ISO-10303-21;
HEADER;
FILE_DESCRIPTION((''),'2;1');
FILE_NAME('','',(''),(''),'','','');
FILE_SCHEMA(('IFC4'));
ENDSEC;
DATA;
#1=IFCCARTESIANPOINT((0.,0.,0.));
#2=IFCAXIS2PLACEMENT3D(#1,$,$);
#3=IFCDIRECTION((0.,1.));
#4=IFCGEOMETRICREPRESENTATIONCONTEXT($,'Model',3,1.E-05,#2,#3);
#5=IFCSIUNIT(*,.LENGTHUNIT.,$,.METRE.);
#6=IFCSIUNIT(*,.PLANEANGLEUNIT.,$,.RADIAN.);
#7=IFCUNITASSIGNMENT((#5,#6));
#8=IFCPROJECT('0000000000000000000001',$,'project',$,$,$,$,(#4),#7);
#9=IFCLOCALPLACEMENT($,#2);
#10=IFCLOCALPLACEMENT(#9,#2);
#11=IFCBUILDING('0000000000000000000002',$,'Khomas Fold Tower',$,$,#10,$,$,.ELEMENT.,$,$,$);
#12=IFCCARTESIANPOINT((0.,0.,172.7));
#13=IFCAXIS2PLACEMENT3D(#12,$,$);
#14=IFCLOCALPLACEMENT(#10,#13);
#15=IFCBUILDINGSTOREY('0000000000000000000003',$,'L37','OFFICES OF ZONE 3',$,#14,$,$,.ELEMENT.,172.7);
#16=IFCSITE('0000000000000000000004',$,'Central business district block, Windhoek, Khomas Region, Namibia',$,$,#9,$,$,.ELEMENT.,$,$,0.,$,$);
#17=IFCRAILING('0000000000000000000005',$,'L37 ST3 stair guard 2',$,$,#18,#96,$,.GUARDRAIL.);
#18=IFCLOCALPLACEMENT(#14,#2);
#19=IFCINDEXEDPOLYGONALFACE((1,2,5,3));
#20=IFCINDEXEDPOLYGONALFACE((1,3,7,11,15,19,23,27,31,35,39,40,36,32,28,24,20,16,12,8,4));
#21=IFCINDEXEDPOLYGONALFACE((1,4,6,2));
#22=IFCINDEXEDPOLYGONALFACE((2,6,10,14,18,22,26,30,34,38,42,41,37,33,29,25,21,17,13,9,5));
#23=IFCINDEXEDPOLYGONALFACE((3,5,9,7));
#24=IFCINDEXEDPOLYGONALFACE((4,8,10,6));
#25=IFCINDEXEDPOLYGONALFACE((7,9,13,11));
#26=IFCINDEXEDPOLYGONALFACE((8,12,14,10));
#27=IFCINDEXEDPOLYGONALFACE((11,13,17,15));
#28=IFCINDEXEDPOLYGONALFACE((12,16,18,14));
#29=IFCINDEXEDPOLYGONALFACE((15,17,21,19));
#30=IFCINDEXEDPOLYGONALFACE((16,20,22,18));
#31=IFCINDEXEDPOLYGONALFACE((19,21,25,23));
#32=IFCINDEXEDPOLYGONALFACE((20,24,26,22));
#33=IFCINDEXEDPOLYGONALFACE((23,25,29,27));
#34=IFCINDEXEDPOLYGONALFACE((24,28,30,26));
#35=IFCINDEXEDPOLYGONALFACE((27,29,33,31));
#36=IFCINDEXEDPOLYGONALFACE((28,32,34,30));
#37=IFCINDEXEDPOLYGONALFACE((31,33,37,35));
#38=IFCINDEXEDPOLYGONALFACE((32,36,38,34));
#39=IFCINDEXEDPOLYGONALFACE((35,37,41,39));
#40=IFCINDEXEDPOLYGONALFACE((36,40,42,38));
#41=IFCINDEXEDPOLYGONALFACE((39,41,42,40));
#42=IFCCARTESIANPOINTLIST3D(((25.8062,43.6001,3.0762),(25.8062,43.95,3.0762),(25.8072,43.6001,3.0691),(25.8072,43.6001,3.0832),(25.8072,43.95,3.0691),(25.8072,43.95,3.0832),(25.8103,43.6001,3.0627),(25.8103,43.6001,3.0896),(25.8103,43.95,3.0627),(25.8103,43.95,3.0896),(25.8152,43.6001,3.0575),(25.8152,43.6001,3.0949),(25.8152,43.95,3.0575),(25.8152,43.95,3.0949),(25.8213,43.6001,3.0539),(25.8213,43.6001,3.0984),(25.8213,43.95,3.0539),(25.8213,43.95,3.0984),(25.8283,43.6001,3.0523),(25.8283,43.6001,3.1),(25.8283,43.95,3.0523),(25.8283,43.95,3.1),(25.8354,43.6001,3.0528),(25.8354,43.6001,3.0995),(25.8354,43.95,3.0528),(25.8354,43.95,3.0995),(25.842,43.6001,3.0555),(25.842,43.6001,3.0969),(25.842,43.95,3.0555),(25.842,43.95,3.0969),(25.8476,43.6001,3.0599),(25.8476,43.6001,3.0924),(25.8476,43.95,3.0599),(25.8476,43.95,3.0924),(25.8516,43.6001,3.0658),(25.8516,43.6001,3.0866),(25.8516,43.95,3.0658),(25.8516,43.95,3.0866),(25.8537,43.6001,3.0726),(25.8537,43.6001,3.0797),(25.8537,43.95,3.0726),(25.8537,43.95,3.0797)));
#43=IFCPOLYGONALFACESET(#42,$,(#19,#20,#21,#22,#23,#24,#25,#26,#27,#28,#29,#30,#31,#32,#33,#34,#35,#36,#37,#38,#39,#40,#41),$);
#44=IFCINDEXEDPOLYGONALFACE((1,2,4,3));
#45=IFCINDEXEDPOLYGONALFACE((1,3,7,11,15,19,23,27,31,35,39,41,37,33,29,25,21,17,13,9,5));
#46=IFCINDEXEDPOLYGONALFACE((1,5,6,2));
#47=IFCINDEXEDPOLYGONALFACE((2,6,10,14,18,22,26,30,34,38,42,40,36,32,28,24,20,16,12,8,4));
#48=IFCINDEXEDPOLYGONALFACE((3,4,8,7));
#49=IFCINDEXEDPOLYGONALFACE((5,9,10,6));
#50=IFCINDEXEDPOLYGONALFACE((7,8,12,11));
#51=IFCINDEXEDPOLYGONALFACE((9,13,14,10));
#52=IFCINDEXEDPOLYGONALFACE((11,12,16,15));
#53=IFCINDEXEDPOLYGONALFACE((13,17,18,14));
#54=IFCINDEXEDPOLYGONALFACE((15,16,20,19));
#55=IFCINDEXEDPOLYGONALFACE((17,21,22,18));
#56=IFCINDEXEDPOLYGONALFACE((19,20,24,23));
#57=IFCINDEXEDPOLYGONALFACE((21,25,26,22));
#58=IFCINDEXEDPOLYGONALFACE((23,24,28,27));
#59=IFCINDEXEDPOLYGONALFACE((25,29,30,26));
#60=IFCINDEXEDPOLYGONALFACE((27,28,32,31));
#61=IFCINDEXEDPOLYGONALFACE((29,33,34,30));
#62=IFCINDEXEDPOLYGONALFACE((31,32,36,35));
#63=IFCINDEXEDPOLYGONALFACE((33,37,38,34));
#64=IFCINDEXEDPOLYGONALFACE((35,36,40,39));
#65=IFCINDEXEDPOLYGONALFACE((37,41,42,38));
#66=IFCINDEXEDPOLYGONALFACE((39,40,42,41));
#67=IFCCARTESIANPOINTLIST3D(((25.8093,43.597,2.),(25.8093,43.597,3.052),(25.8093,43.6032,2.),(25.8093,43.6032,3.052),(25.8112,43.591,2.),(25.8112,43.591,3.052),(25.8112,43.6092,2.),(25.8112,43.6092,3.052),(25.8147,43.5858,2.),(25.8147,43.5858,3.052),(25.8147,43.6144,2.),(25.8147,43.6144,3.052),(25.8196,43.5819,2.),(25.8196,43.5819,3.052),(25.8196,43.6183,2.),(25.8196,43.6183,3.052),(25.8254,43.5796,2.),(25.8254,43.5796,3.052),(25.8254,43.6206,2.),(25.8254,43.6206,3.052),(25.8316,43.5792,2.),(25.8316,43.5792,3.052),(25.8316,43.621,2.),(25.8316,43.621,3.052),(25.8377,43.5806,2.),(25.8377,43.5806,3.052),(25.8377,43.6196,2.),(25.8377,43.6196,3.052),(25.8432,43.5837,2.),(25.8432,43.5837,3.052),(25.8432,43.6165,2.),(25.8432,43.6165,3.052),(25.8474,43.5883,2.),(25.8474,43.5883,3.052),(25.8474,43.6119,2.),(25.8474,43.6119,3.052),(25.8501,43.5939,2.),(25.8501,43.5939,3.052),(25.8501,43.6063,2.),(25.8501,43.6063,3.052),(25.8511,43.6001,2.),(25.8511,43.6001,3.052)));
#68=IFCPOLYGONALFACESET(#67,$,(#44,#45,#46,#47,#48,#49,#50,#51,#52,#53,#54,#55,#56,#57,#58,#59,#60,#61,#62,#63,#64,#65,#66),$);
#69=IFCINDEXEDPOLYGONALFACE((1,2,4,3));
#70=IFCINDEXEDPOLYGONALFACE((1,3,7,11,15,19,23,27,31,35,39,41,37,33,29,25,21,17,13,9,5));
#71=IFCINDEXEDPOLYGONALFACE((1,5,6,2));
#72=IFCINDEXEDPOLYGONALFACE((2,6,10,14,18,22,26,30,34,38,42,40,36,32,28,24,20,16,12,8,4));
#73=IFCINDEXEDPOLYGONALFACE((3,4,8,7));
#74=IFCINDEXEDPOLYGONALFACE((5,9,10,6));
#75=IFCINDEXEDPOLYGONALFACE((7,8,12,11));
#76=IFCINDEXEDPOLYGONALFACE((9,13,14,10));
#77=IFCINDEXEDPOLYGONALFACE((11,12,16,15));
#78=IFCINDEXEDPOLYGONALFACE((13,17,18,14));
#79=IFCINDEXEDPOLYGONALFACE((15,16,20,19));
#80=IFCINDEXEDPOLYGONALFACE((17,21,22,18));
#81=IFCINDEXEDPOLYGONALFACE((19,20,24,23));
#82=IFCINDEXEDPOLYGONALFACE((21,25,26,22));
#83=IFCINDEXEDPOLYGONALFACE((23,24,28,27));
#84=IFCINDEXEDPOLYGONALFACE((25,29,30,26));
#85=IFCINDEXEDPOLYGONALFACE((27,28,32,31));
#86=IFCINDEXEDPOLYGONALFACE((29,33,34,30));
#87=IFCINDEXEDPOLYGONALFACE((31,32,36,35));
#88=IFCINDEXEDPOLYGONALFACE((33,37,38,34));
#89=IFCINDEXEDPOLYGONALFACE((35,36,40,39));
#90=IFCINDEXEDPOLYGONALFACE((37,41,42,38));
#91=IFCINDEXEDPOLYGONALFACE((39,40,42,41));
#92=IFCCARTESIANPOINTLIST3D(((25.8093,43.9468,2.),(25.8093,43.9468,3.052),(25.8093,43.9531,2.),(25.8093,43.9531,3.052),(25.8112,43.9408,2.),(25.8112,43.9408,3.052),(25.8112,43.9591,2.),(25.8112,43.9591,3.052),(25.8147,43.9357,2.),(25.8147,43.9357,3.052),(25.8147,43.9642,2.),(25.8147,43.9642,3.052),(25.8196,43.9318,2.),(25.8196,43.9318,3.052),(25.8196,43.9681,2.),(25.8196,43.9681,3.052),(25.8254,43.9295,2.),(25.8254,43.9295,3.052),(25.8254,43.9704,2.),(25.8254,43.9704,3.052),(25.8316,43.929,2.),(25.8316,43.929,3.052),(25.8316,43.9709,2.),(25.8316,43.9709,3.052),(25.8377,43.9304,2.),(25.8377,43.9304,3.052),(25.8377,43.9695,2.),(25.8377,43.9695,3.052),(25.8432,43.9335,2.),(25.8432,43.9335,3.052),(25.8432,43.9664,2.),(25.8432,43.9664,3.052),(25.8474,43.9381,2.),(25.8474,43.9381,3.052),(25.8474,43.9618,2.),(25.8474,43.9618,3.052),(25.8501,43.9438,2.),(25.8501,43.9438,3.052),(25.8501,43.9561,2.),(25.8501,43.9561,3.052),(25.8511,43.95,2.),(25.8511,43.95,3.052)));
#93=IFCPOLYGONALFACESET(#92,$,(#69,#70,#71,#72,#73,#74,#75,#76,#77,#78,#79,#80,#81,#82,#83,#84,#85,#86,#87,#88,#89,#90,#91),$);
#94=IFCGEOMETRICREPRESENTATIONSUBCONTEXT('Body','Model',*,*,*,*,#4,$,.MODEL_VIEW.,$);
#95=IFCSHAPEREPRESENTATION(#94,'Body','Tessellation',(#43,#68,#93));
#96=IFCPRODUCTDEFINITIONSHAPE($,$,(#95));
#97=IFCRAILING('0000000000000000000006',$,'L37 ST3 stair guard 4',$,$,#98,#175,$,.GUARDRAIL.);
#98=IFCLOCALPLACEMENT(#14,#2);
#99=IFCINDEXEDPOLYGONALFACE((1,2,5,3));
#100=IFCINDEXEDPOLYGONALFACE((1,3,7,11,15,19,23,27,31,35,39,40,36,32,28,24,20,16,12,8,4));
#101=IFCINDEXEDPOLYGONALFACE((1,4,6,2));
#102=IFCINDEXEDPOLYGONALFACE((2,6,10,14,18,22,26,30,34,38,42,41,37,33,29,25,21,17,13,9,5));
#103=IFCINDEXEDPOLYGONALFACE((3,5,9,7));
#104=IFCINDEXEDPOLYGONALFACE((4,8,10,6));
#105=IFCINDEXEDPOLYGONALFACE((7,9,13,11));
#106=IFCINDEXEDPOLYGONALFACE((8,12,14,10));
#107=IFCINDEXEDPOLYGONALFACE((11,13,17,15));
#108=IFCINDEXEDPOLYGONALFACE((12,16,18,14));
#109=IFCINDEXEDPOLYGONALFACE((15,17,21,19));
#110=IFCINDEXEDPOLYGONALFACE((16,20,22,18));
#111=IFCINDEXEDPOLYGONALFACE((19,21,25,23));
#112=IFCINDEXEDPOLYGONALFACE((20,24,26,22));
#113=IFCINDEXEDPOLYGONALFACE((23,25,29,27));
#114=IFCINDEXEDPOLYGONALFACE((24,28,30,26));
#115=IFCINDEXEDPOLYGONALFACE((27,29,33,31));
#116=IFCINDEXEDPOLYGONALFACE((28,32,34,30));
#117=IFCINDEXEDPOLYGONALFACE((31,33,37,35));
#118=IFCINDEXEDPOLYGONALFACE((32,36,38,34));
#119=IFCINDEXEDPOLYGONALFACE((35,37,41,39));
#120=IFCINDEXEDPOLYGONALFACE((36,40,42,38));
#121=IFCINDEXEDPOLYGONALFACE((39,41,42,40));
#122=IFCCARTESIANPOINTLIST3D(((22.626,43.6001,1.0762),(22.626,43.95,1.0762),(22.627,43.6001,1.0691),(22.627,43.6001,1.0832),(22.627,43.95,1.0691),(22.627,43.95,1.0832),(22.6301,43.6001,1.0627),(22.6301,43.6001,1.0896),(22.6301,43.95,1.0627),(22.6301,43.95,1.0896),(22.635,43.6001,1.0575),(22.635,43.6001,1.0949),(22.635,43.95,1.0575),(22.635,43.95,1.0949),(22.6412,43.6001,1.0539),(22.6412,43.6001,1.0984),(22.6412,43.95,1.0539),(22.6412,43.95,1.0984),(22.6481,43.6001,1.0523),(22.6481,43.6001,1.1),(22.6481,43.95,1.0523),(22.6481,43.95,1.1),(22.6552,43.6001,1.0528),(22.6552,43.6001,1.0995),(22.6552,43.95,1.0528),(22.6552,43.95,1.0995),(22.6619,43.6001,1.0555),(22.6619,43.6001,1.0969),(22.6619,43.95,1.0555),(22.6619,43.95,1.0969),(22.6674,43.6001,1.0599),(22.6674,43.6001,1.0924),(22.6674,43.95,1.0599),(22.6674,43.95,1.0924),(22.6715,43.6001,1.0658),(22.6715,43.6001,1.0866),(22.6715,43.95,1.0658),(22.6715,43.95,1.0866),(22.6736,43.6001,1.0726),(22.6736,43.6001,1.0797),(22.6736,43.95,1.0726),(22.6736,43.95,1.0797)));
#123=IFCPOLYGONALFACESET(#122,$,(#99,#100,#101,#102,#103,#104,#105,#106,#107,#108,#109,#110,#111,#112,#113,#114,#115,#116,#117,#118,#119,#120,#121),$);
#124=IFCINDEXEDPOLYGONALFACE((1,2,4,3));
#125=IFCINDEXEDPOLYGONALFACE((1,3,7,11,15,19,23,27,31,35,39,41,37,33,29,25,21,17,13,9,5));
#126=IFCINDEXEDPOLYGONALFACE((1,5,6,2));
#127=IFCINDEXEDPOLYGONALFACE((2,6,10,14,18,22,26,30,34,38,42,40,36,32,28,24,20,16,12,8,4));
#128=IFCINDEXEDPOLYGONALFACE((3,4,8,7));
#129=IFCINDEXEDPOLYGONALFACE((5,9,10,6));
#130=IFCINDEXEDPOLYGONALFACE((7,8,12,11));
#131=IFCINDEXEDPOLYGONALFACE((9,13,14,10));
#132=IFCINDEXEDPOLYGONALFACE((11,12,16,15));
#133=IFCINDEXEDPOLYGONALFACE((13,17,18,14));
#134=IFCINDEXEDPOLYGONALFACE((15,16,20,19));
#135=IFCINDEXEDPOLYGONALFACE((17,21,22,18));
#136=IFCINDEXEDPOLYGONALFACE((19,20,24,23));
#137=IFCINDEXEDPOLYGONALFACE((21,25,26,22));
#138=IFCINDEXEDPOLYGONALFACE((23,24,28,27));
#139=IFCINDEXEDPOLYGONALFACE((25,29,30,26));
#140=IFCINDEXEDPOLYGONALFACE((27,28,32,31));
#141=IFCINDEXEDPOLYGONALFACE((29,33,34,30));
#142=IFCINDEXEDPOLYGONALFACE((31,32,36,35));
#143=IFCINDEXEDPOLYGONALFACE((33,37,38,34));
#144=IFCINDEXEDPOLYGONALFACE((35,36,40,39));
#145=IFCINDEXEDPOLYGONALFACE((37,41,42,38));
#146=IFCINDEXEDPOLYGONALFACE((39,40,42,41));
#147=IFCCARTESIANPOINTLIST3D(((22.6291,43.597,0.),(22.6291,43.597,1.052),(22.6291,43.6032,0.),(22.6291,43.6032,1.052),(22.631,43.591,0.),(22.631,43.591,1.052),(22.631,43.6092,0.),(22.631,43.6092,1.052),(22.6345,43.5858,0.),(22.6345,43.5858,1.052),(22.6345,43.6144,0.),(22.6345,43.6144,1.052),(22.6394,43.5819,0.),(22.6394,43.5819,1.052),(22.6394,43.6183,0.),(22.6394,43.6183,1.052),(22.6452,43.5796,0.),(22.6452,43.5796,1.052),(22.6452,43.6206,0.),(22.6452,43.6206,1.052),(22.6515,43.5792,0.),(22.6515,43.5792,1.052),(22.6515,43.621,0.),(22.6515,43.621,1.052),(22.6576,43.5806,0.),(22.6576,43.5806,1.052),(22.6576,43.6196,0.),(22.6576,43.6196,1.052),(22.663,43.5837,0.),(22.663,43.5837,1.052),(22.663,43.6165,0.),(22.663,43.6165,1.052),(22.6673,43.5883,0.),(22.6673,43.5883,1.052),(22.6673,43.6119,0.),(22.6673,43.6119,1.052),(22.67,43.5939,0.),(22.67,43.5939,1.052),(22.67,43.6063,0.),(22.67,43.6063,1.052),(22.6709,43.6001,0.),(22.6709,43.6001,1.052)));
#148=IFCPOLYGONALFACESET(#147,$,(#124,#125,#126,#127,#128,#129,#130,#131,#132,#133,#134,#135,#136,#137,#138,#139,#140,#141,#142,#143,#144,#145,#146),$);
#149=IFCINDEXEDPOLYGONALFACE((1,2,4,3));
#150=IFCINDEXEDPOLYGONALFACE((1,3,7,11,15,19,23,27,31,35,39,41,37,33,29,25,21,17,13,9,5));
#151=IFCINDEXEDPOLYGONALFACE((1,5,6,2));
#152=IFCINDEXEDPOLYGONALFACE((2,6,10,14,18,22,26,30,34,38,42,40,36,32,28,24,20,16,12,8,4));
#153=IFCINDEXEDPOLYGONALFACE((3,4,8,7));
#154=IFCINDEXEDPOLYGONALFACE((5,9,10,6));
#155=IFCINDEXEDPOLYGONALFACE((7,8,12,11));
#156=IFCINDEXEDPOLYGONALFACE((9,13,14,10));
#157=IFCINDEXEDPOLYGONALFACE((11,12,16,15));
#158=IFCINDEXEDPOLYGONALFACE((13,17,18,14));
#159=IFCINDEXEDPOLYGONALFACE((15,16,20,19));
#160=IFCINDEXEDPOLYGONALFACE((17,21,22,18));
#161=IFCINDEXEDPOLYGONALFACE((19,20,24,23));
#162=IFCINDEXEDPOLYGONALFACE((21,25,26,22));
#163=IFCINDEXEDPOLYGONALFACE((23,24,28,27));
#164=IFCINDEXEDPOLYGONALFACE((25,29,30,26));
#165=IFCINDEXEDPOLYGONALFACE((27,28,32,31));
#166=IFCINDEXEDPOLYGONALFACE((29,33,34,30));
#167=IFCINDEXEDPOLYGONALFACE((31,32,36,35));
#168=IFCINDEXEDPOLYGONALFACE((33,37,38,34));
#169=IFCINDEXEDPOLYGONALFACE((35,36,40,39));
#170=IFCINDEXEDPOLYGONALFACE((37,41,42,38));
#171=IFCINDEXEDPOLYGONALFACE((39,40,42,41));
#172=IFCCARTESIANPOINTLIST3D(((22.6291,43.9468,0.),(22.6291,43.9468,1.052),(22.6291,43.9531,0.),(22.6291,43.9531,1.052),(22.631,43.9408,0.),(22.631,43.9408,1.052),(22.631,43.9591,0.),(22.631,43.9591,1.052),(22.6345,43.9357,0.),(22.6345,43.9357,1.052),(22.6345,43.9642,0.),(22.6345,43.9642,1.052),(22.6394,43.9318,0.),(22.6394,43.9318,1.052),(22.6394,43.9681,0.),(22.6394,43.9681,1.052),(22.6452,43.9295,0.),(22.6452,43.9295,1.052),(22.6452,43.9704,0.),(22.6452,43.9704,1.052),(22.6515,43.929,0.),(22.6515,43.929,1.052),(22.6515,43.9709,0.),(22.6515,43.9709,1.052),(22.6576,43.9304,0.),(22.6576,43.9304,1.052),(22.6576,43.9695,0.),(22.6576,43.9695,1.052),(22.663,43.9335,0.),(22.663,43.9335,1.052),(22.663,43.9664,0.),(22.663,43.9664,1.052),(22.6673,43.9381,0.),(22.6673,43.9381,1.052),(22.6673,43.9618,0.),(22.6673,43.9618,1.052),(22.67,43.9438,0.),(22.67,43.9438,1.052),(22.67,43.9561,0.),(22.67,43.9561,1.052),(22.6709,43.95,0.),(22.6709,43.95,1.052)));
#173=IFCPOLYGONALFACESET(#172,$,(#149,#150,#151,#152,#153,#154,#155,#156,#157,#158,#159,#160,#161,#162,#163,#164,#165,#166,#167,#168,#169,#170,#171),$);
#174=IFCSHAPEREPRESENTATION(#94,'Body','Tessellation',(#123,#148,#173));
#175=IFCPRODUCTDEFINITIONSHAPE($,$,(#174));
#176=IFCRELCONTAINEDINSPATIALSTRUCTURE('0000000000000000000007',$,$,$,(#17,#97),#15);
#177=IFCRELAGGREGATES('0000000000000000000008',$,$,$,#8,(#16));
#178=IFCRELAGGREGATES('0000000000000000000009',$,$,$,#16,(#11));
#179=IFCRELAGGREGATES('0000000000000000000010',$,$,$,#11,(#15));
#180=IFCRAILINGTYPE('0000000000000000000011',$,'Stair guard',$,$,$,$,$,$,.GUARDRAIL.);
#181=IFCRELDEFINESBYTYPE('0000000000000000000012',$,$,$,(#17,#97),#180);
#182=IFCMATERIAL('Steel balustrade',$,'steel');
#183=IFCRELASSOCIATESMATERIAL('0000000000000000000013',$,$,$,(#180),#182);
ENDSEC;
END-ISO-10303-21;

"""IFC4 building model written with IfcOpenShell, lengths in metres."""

from ifc_helpers import new_model, si_unit, direction, frame, origin, origin_2d, place, context, subcontext, project, spatial, circle, extrude, source, transform, mapped, material, type_object, element, save


model = new_model("IFC4")

# Units and contexts
model_context = context("Model", 3, precision=1e-05, world=origin(), true_north=direction((0.0, 1.0)))
body_context = subcontext(model_context, "Body", "Model", "MODEL_VIEW")
ifc_project = project(units=[si_unit("LENGTHUNIT", "METRE"), si_unit("PLANEANGLEUNIT", "RADIAN")], contexts=[model_context])

# Site, building, storey
site_placement = place(None, origin())
site = spatial("IfcSite", under=ifc_project, at=site_placement, Name="Central business district block, Windhoek, Khomas Region, Namibia", CompositionType="ELEMENT", RefElevation=0.0)
building_placement = place(site_placement, origin())
building = spatial("IfcBuilding", under=site, at=building_placement, Name="Khomas Fold Tower", CompositionType="ELEMENT")
storey_placement = place(building_placement, frame((0.0, 0.0, 172.7)))
storey = spatial("IfcBuildingStorey", under=building, at=storey_placement, Name="L37", Description="OFFICES OF ZONE 3", CompositionType="ELEMENT", Elevation=172.7)

# Railings
ifc_material_1 = material(Name="Steel balustrade", Category="steel")
railing_type_1 = type_object("IfcRailingType", Name="Stair guard", PredefinedType="GUARDRAIL", material=ifc_material_1)
shared_shape_1 = source(origin(), body_context, "Body", "SweptSolid", [
    extrude(circle(Radius=0.0239, at=origin_2d()), frame((0.0, 0.0, 1.0762), z_axis=(0.0, 1.0, 0.0), x_axis=(-1.0, 0.0, 0.0)), (0.0, 0.0, 1.0), 0.3499),
    extrude(circle(Radius=0.021, at=origin_2d()), origin(), (0.0, 0.0, 1.0), 1.052),
    extrude(circle(Radius=0.021, at=origin_2d()), frame((0.0, 0.3499, 0.0)), (0.0, 0.0, 1.0), 1.052),
])
for number, where, name in (
    (1, (25.8301, 43.6001, 2.0), "L37 ST3 stair guard 2"),
    (2, (22.6499, 43.6001, 0.0), "L37 ST3 stair guard 4"),
):
    element("IfcRailing", number, at=place(storey_placement, frame(where)), inside=storey, type_object=railing_type_1, Name=name, PredefinedType="GUARDRAIL", context=body_context, shape_type="MappedRepresentation", body=[
        mapped(shared_shape_1, transform((0.0, 0.0, 0.0))),
    ])

save(model, "model.ifc")
